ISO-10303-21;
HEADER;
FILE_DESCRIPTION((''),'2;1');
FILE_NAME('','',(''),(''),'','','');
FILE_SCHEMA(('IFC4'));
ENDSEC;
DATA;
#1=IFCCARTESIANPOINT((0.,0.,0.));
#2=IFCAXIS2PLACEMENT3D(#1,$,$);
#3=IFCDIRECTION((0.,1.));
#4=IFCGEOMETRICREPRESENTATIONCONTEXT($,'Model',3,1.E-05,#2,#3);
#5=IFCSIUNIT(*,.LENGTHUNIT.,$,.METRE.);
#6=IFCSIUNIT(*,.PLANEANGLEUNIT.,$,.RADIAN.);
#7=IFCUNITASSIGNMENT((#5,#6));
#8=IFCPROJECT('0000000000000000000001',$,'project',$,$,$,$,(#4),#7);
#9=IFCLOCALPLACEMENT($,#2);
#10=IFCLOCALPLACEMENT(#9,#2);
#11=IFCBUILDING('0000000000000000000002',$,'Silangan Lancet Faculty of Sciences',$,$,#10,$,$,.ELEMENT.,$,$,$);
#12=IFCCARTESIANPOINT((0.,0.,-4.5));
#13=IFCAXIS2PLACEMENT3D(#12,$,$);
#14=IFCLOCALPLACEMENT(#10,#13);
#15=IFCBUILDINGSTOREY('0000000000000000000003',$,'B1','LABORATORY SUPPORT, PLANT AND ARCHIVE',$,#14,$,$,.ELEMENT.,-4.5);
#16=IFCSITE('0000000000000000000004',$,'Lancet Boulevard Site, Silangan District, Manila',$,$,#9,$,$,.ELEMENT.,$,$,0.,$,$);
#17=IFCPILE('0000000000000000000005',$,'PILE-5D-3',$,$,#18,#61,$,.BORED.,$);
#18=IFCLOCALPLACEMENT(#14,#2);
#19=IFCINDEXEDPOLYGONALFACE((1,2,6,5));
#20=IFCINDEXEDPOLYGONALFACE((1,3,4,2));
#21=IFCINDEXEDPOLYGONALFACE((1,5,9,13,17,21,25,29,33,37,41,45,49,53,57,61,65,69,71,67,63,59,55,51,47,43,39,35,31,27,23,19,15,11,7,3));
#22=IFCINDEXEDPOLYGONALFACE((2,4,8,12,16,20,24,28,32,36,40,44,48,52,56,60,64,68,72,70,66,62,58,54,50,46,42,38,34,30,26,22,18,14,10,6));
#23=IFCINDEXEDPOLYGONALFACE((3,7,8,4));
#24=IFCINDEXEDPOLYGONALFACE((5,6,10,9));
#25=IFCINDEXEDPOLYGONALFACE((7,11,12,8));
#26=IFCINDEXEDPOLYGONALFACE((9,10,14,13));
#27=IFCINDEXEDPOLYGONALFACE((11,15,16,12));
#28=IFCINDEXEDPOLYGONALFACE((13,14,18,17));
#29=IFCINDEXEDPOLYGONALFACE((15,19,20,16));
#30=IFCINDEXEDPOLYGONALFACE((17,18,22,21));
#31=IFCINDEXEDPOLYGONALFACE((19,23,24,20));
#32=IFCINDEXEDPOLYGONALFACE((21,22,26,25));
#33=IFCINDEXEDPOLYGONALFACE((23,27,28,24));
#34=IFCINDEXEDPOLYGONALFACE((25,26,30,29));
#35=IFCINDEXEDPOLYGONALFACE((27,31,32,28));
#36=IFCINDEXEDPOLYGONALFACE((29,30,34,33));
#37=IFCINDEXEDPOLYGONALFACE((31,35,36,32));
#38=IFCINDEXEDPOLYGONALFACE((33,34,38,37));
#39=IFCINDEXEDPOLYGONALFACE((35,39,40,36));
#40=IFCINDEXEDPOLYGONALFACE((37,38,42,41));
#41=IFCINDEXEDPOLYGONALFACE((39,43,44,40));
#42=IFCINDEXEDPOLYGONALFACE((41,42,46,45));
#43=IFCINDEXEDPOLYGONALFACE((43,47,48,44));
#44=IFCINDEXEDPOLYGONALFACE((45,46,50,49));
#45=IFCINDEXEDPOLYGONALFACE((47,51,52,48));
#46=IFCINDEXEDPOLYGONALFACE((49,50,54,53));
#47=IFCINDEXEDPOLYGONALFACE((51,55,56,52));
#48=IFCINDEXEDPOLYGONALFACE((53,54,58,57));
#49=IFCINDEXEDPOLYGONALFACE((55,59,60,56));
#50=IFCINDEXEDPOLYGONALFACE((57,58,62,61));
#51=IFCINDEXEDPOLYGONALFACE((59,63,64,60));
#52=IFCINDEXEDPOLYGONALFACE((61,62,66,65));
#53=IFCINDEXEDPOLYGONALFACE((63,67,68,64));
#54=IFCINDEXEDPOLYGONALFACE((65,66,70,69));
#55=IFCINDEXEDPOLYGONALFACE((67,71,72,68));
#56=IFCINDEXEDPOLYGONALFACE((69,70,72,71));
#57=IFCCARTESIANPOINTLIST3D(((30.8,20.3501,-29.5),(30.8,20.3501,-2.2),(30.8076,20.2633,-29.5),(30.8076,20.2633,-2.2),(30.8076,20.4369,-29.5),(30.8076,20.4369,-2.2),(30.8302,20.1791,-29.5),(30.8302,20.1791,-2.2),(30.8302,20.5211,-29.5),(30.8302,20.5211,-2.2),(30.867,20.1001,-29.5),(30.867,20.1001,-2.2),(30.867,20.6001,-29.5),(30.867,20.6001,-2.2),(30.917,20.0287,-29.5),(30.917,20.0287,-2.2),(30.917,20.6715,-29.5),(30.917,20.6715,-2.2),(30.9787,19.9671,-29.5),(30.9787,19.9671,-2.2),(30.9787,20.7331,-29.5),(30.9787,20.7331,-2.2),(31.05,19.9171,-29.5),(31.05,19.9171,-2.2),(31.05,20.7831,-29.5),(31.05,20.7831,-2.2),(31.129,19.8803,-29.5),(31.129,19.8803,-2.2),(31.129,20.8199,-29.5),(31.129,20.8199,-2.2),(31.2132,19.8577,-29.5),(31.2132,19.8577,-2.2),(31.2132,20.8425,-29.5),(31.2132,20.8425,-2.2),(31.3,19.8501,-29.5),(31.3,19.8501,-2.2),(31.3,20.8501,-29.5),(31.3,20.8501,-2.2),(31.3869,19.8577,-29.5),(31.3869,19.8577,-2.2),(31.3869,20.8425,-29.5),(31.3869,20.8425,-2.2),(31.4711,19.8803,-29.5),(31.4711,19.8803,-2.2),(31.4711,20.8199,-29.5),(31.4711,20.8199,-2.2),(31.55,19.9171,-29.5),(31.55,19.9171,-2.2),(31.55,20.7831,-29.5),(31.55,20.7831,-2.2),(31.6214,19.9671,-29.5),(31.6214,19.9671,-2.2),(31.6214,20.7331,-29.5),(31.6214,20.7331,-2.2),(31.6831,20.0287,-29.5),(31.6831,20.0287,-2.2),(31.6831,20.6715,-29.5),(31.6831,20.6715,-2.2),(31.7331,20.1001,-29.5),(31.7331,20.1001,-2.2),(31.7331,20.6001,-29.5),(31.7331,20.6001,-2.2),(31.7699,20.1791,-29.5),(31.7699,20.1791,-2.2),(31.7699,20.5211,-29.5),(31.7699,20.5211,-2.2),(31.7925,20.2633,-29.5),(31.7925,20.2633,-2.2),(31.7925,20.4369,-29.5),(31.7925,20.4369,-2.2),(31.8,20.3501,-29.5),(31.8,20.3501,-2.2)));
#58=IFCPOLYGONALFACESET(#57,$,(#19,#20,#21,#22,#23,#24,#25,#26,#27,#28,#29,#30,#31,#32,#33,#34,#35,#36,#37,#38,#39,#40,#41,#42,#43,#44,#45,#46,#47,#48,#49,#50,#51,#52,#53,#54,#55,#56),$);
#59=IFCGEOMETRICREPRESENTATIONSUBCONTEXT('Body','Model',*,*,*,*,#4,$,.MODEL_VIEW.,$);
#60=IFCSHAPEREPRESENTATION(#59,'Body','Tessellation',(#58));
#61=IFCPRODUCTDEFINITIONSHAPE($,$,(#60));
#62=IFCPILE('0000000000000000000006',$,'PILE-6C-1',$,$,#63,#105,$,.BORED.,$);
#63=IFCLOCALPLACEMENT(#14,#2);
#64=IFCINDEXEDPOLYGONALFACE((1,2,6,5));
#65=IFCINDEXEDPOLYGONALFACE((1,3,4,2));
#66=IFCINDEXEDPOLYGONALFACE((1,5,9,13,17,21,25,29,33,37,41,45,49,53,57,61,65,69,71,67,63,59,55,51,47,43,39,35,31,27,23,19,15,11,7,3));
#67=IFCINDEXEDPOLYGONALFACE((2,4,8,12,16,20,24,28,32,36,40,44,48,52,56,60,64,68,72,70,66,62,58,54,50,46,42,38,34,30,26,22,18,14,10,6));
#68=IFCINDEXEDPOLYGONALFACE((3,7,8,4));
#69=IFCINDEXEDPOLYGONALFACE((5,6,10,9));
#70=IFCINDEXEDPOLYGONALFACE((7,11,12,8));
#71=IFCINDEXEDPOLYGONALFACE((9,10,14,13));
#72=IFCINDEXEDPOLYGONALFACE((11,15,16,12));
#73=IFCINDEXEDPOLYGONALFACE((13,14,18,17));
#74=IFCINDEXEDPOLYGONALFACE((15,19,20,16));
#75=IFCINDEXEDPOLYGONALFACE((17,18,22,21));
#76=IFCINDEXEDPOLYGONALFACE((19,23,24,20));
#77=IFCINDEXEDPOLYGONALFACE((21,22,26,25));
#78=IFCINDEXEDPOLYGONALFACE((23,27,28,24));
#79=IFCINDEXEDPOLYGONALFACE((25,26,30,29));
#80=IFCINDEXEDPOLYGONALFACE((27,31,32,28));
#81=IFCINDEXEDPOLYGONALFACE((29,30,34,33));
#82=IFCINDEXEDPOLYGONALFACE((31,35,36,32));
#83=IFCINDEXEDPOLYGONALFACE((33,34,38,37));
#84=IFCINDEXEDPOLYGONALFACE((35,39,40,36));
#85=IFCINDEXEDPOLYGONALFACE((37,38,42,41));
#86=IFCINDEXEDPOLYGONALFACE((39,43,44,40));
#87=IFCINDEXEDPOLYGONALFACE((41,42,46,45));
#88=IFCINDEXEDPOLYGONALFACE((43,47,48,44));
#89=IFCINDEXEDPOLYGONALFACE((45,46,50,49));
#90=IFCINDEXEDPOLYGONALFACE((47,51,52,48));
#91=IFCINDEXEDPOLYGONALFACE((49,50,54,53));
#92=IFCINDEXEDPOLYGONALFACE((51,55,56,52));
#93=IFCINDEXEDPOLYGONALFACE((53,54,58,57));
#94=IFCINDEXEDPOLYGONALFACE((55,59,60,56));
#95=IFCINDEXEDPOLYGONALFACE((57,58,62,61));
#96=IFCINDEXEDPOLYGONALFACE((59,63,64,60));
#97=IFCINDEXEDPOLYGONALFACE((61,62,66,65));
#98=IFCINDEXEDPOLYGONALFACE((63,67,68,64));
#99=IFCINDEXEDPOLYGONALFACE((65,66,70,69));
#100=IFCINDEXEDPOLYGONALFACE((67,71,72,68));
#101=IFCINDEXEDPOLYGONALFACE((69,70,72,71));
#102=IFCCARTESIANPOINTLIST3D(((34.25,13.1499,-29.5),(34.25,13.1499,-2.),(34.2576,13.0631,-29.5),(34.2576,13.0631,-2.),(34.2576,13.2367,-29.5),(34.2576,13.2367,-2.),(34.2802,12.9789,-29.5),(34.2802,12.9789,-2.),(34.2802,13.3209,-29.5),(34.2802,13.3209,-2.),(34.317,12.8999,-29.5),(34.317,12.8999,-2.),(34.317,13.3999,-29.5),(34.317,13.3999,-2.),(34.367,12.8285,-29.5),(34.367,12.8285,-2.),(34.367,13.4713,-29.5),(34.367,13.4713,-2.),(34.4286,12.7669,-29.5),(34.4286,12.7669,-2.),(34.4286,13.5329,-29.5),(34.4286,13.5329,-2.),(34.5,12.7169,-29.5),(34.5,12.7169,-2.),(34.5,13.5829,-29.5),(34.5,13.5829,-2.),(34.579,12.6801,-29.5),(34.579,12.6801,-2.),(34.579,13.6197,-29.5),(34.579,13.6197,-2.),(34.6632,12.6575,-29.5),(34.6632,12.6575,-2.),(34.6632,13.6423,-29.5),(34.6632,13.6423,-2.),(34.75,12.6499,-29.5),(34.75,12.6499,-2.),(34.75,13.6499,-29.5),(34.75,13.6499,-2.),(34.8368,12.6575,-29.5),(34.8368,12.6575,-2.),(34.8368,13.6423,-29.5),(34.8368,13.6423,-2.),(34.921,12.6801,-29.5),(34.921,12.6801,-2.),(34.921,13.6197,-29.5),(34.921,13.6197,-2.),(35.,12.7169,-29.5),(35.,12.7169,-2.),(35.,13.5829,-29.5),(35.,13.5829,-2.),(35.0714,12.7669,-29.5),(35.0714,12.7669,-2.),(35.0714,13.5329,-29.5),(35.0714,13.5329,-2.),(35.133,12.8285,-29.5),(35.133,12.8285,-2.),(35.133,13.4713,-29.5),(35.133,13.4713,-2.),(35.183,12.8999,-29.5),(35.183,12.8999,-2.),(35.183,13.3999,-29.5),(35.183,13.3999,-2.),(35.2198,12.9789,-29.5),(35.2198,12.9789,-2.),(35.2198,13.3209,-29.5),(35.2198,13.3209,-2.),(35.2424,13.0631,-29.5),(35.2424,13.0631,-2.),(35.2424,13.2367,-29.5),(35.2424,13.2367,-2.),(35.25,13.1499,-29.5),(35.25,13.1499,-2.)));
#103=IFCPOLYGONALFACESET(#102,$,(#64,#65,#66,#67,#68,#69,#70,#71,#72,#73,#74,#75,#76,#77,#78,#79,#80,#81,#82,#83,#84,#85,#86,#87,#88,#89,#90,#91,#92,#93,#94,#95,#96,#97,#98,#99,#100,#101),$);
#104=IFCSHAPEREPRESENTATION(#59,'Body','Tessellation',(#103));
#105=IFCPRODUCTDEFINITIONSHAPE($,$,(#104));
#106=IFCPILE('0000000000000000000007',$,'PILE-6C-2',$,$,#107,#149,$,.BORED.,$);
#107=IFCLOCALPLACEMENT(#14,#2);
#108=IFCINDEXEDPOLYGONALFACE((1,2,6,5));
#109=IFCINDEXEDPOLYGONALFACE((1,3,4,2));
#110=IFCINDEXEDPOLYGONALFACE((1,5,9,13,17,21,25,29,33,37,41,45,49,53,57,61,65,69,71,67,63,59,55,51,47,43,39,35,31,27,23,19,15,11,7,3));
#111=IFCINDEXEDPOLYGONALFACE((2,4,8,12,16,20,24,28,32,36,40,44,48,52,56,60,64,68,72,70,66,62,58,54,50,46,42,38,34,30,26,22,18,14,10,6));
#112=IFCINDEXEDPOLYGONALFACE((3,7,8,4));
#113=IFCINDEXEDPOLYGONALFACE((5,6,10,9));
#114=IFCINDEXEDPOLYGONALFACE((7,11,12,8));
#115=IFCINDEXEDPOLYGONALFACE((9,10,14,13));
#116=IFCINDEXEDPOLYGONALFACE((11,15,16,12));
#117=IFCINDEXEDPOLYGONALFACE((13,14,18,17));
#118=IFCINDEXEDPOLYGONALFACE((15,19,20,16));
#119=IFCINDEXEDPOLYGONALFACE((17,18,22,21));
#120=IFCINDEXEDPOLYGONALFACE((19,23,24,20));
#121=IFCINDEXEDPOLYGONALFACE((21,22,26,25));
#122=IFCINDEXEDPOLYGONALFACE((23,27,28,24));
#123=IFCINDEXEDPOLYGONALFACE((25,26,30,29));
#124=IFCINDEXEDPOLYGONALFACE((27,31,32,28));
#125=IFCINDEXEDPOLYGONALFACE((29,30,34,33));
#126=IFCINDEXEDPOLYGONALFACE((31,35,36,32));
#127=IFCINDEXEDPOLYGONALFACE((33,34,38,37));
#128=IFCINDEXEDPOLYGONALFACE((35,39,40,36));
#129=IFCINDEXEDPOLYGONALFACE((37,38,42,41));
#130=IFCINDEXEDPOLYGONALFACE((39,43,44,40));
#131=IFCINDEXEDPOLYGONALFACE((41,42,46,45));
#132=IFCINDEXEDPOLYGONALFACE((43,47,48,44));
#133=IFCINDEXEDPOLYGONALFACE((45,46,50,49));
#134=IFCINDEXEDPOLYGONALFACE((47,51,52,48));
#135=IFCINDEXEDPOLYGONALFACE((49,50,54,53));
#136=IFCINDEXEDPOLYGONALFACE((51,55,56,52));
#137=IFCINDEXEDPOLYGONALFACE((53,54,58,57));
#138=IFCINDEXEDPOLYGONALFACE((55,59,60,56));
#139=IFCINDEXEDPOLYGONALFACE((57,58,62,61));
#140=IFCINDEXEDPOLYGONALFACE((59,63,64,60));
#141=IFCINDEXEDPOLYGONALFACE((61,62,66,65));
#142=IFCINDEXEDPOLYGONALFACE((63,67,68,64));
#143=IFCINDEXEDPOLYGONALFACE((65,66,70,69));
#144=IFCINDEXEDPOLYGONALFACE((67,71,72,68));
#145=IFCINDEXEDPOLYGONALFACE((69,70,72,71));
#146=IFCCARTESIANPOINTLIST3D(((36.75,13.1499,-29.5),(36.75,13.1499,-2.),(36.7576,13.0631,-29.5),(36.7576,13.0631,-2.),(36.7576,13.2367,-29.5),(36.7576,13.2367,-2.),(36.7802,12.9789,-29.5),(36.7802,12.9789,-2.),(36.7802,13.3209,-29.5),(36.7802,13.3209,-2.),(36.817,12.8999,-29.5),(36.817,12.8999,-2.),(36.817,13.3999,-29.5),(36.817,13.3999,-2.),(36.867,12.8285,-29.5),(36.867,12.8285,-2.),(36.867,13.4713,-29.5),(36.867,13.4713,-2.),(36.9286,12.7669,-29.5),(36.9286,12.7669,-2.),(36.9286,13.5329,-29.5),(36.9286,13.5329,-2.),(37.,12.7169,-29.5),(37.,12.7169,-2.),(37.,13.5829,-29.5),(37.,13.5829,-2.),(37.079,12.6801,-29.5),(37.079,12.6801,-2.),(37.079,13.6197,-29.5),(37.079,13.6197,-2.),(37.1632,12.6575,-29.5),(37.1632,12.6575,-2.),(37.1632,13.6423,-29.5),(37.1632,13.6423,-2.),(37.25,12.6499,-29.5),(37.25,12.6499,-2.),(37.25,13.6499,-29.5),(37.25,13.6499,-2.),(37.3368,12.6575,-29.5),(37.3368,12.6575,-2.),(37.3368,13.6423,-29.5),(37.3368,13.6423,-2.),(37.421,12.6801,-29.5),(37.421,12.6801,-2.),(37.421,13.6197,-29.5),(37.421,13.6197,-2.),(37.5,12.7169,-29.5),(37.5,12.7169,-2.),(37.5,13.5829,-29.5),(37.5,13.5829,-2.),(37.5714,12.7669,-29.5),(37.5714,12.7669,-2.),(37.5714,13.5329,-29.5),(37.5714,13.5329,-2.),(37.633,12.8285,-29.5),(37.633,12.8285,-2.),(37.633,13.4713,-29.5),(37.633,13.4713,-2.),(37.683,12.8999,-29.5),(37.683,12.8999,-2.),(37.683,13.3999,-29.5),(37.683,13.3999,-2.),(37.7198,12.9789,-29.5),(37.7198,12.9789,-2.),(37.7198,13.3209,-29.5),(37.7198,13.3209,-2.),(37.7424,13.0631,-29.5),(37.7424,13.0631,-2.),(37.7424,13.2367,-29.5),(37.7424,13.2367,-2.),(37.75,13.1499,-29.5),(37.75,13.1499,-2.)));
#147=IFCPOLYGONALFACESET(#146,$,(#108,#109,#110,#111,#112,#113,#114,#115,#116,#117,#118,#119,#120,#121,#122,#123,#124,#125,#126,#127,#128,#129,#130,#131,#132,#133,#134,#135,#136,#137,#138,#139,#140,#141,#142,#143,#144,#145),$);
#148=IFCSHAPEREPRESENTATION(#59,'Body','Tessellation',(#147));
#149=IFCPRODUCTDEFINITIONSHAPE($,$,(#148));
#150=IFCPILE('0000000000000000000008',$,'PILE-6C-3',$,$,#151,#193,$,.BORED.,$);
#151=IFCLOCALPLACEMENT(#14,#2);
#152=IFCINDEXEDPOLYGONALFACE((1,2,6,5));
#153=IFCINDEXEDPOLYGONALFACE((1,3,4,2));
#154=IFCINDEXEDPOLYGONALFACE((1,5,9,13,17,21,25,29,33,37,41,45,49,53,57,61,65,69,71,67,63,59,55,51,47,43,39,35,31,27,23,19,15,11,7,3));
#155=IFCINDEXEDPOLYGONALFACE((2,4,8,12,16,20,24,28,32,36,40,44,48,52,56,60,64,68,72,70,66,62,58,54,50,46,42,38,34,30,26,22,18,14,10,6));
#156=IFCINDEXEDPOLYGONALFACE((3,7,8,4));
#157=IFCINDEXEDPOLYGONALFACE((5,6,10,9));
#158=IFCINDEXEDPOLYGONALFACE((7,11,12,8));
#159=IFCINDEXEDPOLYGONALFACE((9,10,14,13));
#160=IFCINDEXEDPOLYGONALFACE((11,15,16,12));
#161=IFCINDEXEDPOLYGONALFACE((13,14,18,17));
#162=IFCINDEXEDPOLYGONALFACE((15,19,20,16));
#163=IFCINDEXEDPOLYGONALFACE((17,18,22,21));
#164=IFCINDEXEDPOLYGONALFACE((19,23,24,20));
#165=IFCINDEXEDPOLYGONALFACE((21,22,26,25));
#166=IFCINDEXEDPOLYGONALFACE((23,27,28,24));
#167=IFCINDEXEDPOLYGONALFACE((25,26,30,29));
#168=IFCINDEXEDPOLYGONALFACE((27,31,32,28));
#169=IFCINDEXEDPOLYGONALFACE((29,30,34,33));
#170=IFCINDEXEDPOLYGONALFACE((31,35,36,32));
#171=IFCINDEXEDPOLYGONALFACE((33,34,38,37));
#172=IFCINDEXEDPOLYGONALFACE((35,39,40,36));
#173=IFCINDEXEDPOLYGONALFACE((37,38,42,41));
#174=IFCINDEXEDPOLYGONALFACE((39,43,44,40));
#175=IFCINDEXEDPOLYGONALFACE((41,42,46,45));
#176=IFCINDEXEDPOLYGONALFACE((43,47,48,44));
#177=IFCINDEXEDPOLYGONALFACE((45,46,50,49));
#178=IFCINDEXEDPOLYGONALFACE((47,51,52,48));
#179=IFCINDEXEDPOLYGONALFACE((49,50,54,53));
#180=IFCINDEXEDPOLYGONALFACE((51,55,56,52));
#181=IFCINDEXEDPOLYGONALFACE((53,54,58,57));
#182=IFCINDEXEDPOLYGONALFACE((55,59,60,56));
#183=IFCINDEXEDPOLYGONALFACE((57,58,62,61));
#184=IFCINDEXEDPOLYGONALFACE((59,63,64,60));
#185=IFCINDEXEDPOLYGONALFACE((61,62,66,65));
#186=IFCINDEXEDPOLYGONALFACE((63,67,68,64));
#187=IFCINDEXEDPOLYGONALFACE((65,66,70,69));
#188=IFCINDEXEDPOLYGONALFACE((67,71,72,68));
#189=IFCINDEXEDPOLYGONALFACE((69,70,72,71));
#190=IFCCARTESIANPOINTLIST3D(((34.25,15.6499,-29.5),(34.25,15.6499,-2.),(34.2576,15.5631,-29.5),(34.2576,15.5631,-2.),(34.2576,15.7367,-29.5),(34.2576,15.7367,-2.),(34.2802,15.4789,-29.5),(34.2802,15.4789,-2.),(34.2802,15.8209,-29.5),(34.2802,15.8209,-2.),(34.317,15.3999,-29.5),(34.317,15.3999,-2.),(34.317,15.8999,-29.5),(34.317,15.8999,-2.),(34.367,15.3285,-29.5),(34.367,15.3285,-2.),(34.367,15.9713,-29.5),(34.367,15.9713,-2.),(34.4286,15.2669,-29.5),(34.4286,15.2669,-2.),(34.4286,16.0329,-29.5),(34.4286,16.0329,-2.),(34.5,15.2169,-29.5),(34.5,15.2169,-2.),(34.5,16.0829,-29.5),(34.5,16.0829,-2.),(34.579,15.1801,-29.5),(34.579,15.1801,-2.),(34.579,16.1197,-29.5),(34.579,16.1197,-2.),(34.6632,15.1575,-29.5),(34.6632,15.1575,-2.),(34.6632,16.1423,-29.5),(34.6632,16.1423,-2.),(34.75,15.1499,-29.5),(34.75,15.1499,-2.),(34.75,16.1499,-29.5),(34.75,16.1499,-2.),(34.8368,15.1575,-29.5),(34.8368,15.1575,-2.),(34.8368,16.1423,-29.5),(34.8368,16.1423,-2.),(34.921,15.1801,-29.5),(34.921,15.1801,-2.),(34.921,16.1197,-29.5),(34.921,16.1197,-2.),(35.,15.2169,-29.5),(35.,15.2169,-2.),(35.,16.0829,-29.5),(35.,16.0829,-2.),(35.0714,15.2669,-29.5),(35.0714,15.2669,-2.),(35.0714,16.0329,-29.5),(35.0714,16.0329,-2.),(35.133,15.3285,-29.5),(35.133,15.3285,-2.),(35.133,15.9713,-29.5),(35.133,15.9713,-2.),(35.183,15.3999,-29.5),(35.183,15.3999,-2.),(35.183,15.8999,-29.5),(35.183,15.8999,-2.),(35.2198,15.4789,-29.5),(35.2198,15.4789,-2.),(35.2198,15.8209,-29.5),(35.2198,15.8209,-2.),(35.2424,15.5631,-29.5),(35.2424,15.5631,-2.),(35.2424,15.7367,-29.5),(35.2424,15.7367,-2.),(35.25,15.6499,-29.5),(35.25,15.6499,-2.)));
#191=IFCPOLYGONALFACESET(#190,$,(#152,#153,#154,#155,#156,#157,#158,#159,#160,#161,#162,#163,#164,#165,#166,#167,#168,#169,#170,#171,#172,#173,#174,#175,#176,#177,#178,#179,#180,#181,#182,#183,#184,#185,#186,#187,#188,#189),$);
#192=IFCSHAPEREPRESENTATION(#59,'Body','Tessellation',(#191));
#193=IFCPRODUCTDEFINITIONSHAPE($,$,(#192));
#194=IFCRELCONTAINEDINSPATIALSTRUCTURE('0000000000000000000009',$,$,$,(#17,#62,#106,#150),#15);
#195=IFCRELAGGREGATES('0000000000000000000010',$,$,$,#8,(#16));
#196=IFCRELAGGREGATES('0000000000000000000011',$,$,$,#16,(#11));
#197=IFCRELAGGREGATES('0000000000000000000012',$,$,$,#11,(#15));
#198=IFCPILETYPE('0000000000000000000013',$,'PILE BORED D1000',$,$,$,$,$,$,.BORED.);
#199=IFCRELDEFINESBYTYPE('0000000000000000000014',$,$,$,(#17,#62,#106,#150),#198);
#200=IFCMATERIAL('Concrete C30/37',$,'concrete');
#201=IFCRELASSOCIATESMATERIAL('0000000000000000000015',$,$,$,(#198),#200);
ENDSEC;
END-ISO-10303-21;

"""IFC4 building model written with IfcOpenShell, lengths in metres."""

from ifc_helpers import new_model, si_unit, direction, frame, origin, origin_2d, place, context, subcontext, project, spatial, circle, extrude, material, material_profile, profile_set, type_object, element, save


model = new_model("IFC4")

# Units and contexts
model_context = context("Model", 3, precision=1e-05, world=origin(), true_north=direction((0.0, 1.0)))
body_context = subcontext(model_context, "Body", "Model", "MODEL_VIEW")
ifc_project = project(units=[si_unit("LENGTHUNIT", "METRE"), si_unit("PLANEANGLEUNIT", "RADIAN")], contexts=[model_context])

# Site, building, storey
site_placement = place(None, origin())
site = spatial("IfcSite", under=ifc_project, at=site_placement, Name="Lancet Boulevard Site, Silangan District, Manila", CompositionType="ELEMENT", RefElevation=0.0)
building_placement = place(site_placement, origin())
building = spatial("IfcBuilding", under=site, at=building_placement, Name="Silangan Lancet Faculty of Sciences", CompositionType="ELEMENT")
storey_placement = place(building_placement, frame((0.0, 0.0, -4.5)))
storey = spatial("IfcBuildingStorey", under=building, at=storey_placement, Name="B1", Description="LABORATORY SUPPORT, PLANT AND ARCHIVE", CompositionType="ELEMENT", Elevation=-4.5)

# Piles
ifc_material_1 = material(Name="Concrete C30/37", Category="concrete")
ifc_material_profile_1 = material_profile(ifc_material_1, circle(Radius=0.5, at=origin_2d()), Name="BORED PILE D1000")
ifc_profile_set_1 = profile_set([ifc_material_profile_1], Name="Concrete C30/37")
pile_type = type_object("IfcPileType", Name="PILE BORED D1000", PredefinedType="BORED", material=ifc_profile_set_1)
for number, where, z_axis, x_axis, name in (
    (1, (31.3, 20.3501, -2.2), (0.0, 0.0, -1.0), (1.0, 0.0, 0.0), "PILE-5D-3"),
):
    element("IfcPile", number, at=place(storey_placement, frame(where, z_axis=z_axis, x_axis=x_axis)), inside=storey, type_object=pile_type, Name=name, PredefinedType="BORED", context=body_context, shape_type="SweptSolid", body=[
        extrude(circle(Radius=0.5, at=origin_2d()), origin(), (0.0, 0.0, 1.0), 27.3),
    ])
for number, where, z_axis, x_axis, name in (
    (2, (34.75, 13.1499, -2.0), (0.0, 0.0, -1.0), (1.0, 0.0, 0.0), "PILE-6C-1"),
    (3, (37.25, 13.1499, -2.0), (0.0, 0.0, -1.0), (1.0, 0.0, 0.0), "PILE-6C-2"),
    (4, (34.75, 15.6499, -2.0), (0.0, 0.0, -1.0), (1.0, 0.0, 0.0), "PILE-6C-3"),
):
    element("IfcPile", number, at=place(storey_placement, frame(where, z_axis=z_axis, x_axis=x_axis)), inside=storey, type_object=pile_type, Name=name, PredefinedType="BORED", context=body_context, shape_type="SweptSolid", body=[
        extrude(circle(Radius=0.5, at=origin_2d()), origin(), (0.0, 0.0, 1.0), 27.5),
    ])

save(model, "model.ifc")
